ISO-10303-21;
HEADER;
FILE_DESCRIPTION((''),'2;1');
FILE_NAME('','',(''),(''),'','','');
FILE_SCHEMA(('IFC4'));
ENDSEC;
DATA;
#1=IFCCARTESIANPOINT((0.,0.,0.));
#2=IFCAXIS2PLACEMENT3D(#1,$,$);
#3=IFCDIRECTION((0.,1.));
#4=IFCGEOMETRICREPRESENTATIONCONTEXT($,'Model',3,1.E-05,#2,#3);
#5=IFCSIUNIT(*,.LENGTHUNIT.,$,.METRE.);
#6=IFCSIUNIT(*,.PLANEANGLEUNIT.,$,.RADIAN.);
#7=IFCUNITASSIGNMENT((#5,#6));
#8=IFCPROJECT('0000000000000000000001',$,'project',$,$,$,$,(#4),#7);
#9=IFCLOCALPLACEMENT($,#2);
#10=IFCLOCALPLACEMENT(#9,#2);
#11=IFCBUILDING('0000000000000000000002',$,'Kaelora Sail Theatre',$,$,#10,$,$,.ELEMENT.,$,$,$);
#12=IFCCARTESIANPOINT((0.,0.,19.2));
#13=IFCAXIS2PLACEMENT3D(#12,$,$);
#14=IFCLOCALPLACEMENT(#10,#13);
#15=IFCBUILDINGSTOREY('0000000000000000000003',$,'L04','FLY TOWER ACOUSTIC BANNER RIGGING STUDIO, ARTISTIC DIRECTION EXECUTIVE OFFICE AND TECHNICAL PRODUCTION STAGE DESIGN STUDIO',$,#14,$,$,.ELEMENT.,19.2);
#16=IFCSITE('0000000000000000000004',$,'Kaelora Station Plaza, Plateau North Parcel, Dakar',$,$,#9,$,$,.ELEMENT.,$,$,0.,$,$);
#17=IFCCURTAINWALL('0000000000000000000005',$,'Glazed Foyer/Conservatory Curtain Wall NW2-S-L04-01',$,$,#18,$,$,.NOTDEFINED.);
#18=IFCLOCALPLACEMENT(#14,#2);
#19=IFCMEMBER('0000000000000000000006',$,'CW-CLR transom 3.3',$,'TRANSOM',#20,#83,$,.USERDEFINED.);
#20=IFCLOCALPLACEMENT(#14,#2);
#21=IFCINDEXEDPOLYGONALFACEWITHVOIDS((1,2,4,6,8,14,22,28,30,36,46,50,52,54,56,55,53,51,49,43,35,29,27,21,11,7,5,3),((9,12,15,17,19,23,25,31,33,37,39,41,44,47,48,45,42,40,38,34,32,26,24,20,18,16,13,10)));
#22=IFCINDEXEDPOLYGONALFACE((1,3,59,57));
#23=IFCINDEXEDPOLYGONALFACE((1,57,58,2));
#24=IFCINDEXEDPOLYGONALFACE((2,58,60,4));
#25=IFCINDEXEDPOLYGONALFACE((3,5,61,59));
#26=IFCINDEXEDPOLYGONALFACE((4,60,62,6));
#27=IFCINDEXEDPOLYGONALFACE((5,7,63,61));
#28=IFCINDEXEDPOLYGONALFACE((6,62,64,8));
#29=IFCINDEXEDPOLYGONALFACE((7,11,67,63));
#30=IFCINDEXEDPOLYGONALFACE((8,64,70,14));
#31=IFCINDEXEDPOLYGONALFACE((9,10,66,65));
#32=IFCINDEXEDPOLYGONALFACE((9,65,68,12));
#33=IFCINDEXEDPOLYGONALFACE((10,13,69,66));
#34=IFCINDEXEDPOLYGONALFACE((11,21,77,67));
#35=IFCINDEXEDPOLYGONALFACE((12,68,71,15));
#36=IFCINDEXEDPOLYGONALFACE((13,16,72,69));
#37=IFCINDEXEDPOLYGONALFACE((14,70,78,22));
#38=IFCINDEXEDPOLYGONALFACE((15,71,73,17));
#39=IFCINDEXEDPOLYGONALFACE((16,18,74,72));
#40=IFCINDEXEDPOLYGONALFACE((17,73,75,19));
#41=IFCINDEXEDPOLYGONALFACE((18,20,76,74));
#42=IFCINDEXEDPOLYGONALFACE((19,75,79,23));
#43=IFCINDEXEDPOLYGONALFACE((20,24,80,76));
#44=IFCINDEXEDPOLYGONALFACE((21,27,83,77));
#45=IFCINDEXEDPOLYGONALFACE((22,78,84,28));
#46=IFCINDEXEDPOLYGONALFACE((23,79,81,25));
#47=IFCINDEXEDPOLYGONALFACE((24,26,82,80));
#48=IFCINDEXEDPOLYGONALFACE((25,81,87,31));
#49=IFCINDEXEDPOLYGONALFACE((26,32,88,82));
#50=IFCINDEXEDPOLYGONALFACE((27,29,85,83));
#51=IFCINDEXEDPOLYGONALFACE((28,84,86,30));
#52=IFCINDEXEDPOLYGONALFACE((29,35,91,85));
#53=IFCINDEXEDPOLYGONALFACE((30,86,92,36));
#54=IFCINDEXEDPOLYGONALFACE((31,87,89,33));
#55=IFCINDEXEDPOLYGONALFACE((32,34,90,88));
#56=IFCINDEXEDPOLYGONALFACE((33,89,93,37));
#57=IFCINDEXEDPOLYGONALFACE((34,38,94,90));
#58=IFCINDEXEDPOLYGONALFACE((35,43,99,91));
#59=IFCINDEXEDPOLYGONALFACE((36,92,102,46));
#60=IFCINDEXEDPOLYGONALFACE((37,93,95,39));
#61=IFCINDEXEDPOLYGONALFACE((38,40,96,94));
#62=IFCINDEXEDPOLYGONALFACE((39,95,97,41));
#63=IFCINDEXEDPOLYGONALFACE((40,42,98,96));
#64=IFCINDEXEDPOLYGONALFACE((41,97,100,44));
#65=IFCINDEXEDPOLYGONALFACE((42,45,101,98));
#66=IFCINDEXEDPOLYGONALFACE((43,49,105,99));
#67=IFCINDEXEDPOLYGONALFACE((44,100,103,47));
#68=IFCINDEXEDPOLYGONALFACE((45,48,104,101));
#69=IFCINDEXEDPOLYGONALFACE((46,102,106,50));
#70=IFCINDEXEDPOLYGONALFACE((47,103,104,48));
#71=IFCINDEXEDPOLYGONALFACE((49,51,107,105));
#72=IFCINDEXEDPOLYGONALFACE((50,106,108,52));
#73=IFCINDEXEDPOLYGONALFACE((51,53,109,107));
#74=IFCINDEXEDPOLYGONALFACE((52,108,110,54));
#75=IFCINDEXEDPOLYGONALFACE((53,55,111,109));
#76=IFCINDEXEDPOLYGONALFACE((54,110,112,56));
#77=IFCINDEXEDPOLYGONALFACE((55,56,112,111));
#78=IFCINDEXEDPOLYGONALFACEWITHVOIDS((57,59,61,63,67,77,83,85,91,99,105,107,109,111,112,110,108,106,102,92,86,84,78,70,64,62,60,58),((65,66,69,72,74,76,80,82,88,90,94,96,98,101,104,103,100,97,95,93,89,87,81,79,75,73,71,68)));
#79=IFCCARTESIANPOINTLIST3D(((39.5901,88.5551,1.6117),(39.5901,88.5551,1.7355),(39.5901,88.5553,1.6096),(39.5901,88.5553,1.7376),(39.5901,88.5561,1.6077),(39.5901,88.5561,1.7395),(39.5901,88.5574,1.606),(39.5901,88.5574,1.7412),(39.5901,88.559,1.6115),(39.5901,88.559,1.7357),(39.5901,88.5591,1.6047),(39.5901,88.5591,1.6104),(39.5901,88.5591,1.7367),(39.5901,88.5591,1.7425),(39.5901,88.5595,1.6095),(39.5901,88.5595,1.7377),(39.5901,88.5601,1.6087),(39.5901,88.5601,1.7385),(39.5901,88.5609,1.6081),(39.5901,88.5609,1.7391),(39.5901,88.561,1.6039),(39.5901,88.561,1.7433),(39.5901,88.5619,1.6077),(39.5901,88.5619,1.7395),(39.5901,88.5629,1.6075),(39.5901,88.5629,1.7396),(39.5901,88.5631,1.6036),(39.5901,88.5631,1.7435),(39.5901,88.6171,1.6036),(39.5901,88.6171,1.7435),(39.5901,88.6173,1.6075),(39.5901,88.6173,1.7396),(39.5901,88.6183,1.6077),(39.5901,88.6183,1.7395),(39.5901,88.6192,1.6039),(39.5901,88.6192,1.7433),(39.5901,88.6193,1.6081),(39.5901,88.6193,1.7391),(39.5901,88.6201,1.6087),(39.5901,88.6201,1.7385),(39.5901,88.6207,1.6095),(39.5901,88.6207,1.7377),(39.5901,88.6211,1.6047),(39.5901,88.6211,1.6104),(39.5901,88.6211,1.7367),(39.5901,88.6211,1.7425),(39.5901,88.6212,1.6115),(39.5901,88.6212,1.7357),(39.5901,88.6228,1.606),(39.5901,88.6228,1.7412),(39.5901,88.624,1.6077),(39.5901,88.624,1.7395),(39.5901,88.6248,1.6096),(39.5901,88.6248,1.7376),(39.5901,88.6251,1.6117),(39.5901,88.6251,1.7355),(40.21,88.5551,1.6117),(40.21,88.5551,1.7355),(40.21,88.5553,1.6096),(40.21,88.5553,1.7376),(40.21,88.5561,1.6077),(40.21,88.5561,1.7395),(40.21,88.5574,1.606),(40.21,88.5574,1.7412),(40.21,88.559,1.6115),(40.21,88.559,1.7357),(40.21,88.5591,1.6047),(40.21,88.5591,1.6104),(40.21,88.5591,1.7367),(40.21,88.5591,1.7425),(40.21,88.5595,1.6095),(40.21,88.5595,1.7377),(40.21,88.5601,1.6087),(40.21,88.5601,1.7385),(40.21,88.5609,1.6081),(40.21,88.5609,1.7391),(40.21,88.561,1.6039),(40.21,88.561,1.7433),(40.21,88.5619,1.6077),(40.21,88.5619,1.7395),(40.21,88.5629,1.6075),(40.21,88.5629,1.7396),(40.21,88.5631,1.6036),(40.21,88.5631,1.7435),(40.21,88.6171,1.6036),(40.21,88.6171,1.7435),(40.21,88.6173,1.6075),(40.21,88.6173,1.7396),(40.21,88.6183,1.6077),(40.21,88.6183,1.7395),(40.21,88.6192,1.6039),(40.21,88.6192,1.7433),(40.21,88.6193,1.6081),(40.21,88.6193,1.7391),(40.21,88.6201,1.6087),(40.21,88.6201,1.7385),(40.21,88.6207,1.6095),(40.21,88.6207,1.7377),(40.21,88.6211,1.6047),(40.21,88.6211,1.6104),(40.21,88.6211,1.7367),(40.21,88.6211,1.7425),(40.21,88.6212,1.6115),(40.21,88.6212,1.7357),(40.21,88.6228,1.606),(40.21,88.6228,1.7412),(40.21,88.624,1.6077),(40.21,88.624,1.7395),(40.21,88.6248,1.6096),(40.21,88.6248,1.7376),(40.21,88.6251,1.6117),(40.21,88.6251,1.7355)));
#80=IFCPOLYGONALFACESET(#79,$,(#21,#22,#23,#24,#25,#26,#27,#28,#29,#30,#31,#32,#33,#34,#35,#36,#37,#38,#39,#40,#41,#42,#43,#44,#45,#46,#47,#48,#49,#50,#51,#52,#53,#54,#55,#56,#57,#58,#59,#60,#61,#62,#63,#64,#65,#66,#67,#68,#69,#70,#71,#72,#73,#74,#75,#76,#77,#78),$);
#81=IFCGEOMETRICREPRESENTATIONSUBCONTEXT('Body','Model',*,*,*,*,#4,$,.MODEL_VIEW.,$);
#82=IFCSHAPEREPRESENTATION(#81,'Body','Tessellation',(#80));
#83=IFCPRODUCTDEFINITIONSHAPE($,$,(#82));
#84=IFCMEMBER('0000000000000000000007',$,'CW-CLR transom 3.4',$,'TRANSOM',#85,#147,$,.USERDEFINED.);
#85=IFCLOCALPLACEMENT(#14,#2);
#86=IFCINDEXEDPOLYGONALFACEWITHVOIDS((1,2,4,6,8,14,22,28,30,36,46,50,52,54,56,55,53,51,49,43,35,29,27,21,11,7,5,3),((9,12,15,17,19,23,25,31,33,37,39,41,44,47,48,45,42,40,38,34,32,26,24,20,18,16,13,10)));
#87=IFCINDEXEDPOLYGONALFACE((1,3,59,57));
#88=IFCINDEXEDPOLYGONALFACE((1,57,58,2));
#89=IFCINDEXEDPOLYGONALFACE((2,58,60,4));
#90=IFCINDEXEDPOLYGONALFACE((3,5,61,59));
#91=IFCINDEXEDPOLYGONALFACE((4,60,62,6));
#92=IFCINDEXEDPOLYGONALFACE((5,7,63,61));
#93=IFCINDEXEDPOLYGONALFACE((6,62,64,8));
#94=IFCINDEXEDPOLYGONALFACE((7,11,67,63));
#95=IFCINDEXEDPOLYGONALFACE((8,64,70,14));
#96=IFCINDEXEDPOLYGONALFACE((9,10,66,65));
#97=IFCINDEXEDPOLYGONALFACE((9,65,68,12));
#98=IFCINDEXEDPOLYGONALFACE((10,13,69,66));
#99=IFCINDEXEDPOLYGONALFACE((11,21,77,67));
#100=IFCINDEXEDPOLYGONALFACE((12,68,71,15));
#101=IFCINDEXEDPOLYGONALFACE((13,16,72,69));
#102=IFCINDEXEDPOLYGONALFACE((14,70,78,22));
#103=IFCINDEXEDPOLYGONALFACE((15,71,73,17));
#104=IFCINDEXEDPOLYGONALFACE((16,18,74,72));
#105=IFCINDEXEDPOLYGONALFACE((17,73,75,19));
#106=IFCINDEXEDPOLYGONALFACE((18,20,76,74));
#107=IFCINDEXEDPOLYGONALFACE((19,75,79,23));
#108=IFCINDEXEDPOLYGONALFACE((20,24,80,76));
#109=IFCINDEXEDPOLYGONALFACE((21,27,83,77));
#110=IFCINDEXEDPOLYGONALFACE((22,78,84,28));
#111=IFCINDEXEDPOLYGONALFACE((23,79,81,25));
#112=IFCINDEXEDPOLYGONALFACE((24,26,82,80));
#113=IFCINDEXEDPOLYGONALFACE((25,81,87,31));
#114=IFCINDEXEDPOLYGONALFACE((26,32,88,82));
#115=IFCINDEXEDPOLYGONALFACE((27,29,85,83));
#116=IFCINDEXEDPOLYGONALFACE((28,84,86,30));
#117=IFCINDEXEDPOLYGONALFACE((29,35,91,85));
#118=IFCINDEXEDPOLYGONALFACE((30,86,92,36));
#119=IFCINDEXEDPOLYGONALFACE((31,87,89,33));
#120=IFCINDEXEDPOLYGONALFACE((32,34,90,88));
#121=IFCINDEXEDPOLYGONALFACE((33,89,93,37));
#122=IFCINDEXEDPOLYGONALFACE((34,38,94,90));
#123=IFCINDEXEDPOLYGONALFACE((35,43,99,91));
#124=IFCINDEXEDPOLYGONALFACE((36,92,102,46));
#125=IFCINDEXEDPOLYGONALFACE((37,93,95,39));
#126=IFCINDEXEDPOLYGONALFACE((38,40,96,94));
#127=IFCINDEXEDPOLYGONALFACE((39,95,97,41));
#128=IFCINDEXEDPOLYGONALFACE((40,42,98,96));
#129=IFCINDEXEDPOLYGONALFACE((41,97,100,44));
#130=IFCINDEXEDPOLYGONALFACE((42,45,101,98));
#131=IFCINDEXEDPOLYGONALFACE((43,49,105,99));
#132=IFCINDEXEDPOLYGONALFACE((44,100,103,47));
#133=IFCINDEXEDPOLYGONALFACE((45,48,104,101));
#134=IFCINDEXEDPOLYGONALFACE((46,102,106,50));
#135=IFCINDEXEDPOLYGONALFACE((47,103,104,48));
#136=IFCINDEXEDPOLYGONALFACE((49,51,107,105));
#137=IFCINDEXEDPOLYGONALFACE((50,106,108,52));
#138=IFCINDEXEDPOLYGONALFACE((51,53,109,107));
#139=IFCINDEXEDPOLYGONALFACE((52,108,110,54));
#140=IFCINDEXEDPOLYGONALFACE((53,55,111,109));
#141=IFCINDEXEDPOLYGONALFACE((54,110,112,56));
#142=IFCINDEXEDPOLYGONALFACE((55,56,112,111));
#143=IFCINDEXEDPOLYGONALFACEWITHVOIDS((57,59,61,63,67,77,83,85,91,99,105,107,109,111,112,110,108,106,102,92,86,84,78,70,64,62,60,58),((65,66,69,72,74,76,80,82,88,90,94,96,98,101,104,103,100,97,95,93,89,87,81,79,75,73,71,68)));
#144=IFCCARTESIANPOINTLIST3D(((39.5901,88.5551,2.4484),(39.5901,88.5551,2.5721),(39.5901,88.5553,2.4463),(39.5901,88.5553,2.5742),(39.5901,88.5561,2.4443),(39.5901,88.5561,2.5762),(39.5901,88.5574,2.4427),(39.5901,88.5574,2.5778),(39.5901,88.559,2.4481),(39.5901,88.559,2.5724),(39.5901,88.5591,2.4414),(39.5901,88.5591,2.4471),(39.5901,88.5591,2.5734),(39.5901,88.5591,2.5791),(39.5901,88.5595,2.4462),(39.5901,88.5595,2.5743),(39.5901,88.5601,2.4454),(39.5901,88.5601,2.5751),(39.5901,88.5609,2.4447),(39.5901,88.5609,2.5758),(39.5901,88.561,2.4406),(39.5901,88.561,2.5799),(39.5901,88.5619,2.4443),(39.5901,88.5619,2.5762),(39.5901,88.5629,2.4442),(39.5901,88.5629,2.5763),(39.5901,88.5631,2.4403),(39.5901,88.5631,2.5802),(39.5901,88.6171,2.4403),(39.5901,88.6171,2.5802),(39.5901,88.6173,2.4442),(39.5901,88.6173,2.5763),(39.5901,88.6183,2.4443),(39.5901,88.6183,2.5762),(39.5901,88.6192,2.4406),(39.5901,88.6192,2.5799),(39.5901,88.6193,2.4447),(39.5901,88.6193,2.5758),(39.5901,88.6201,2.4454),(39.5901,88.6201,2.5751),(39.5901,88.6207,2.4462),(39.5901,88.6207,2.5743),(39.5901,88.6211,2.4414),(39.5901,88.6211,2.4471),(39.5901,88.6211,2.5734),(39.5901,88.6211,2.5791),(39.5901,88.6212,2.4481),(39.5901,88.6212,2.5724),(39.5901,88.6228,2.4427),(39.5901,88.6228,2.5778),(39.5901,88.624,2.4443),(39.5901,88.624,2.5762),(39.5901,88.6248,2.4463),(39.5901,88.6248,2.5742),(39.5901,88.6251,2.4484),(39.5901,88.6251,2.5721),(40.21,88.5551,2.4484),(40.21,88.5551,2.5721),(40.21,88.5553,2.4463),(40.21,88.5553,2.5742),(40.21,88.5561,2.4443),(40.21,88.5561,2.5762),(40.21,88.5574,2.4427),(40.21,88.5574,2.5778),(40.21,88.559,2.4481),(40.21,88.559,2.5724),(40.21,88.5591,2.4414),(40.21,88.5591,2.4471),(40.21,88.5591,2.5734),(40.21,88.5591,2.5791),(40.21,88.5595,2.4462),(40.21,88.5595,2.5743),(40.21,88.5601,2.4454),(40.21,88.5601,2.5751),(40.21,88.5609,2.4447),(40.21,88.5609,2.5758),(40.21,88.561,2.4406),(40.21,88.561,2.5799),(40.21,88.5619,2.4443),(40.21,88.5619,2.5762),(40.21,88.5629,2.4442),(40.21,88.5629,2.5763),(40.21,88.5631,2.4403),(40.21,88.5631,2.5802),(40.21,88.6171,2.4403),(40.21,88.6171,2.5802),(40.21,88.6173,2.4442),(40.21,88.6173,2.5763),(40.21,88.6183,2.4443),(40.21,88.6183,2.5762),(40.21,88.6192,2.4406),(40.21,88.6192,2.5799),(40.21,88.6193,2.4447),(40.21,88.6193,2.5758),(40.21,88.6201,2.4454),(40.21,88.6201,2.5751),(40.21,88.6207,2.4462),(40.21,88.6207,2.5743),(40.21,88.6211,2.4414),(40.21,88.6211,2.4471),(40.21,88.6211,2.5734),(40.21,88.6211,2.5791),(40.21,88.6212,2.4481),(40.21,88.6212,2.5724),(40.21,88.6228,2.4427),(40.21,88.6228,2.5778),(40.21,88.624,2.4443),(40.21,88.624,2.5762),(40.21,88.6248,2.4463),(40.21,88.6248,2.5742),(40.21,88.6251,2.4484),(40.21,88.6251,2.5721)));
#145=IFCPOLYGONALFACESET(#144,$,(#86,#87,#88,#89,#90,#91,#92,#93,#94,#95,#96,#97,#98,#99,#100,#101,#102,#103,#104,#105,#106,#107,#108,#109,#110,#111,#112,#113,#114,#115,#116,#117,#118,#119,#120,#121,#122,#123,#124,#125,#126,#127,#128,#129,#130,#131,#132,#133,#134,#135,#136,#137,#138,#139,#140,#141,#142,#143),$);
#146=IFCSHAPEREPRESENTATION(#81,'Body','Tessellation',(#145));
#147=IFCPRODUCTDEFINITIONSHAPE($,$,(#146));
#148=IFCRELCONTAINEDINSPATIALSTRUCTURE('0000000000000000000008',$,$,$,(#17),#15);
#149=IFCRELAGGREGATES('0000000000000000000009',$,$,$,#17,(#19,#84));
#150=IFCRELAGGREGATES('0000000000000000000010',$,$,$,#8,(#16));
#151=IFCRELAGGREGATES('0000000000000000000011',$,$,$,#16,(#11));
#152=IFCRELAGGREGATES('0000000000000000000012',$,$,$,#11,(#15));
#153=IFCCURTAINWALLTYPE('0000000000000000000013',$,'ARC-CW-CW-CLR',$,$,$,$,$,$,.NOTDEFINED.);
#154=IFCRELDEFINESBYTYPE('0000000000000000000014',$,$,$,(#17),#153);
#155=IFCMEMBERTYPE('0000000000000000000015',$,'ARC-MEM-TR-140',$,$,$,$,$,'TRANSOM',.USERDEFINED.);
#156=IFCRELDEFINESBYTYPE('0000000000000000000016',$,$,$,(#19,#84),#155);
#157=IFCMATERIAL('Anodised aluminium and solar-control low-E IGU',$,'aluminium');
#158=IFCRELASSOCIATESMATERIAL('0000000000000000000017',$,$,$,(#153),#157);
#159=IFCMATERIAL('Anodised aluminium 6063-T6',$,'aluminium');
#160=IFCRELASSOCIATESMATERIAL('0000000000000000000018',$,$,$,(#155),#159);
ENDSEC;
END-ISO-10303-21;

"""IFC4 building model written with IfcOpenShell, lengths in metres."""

from ifc_helpers import new_model, si_unit, direction, frame, origin, origin_2d, place, context, subcontext, project, spatial, hollow_rectangle, extrude, material, material_profile, profile_set, type_object, element, aggregate, save


model = new_model("IFC4")

# Units and contexts
model_context = context("Model", 3, precision=1e-05, world=origin(), true_north=direction((0.0, 1.0)))
body_context = subcontext(model_context, "Body", "Model", "MODEL_VIEW")
ifc_project = project(units=[si_unit("LENGTHUNIT", "METRE"), si_unit("PLANEANGLEUNIT", "RADIAN")], contexts=[model_context])

# Site, building, storey
site_placement = place(None, origin())
site = spatial("IfcSite", under=ifc_project, at=site_placement, Name="Kaelora Station Plaza, Plateau North Parcel, Dakar", CompositionType="ELEMENT", RefElevation=0.0)
building_placement = place(site_placement, origin())
building = spatial("IfcBuilding", under=site, at=building_placement, Name="Kaelora Sail Theatre", CompositionType="ELEMENT")
storey_placement = place(building_placement, frame((0.0, 0.0, 19.2)))
storey = spatial("IfcBuildingStorey", under=building, at=storey_placement, Name="L04", Description="FLY TOWER ACOUSTIC BANNER RIGGING STUDIO, ARTISTIC DIRECTION EXECUTIVE OFFICE AND TECHNICAL PRODUCTION STAGE DESIGN STUDIO", CompositionType="ELEMENT", Elevation=19.2)

# Curtain wall, members
ifc_material_1 = material(Name="Anodised aluminium and solar-control low-E IGU", Category="aluminium")
curtain_wall_type = type_object("IfcCurtainWallType", Name="ARC-CW-CW-CLR", PredefinedType="NOTDEFINED", material=ifc_material_1)
curtain_wall_placement = place(storey_placement, origin())
curtain_wall = element("IfcCurtainWall", 1, at=curtain_wall_placement, inside=storey, type_object=curtain_wall_type, Name="Glazed Foyer/Conservatory Curtain Wall NW2-S-L04-01", PredefinedType="NOTDEFINED")
ifc_material_2 = material(Name="Anodised aluminium 6063-T6", Category="aluminium")
ifc_material_profile_1 = material_profile(ifc_material_2, hollow_rectangle(XDim=0.0701, YDim=0.1399, WallThickness=0.0039, InnerFilletRadius=0.0039, OuterFilletRadius=0.0081, at=origin_2d()), Name="ALU-TRAN 70x140x4")
ifc_profile_set_1 = profile_set([ifc_material_profile_1], Name="Anodised aluminium 6063-T6")
member_type_1 = type_object("IfcMemberType", Name="ARC-MEM-TR-140", ElementType="TRANSOM", PredefinedType="USERDEFINED", material=ifc_profile_set_1)
member_1_placement = place(storey_placement, frame((39.5901, 88.5901, 1.6736), z_axis=(1.0, 0.0, 0.0), x_axis=(0.0, 1.0, 0.0)))
member_1 = element("IfcMember", 2, at=member_1_placement, type_object=member_type_1, Name="CW-CLR transom 3.3", ObjectType="TRANSOM", PredefinedType="USERDEFINED", context=body_context, shape_type="SweptSolid", body=[
    extrude(hollow_rectangle(XDim=0.0701, YDim=0.1399, WallThickness=0.0039, InnerFilletRadius=0.0039, OuterFilletRadius=0.0081, at=origin_2d()), origin(), (0.0, 0.0, 1.0), 0.6199),
])
member_2_placement = place(storey_placement, frame((39.5901, 88.5901, 2.5103), z_axis=(1.0, 0.0, 0.0), x_axis=(0.0, 1.0, 0.0)))
member_2 = element("IfcMember", 3, at=member_2_placement, type_object=member_type_1, Name="CW-CLR transom 3.4", ObjectType="TRANSOM", PredefinedType="USERDEFINED", context=body_context, shape_type="SweptSolid", body=[
    extrude(hollow_rectangle(XDim=0.0701, YDim=0.1399, WallThickness=0.0039, InnerFilletRadius=0.0039, OuterFilletRadius=0.0081, at=origin_2d()), origin(), (0.0, 0.0, 1.0), 0.6199),
])
aggregate(curtain_wall, [member_1, member_2])

save(model, "model.ifc")
